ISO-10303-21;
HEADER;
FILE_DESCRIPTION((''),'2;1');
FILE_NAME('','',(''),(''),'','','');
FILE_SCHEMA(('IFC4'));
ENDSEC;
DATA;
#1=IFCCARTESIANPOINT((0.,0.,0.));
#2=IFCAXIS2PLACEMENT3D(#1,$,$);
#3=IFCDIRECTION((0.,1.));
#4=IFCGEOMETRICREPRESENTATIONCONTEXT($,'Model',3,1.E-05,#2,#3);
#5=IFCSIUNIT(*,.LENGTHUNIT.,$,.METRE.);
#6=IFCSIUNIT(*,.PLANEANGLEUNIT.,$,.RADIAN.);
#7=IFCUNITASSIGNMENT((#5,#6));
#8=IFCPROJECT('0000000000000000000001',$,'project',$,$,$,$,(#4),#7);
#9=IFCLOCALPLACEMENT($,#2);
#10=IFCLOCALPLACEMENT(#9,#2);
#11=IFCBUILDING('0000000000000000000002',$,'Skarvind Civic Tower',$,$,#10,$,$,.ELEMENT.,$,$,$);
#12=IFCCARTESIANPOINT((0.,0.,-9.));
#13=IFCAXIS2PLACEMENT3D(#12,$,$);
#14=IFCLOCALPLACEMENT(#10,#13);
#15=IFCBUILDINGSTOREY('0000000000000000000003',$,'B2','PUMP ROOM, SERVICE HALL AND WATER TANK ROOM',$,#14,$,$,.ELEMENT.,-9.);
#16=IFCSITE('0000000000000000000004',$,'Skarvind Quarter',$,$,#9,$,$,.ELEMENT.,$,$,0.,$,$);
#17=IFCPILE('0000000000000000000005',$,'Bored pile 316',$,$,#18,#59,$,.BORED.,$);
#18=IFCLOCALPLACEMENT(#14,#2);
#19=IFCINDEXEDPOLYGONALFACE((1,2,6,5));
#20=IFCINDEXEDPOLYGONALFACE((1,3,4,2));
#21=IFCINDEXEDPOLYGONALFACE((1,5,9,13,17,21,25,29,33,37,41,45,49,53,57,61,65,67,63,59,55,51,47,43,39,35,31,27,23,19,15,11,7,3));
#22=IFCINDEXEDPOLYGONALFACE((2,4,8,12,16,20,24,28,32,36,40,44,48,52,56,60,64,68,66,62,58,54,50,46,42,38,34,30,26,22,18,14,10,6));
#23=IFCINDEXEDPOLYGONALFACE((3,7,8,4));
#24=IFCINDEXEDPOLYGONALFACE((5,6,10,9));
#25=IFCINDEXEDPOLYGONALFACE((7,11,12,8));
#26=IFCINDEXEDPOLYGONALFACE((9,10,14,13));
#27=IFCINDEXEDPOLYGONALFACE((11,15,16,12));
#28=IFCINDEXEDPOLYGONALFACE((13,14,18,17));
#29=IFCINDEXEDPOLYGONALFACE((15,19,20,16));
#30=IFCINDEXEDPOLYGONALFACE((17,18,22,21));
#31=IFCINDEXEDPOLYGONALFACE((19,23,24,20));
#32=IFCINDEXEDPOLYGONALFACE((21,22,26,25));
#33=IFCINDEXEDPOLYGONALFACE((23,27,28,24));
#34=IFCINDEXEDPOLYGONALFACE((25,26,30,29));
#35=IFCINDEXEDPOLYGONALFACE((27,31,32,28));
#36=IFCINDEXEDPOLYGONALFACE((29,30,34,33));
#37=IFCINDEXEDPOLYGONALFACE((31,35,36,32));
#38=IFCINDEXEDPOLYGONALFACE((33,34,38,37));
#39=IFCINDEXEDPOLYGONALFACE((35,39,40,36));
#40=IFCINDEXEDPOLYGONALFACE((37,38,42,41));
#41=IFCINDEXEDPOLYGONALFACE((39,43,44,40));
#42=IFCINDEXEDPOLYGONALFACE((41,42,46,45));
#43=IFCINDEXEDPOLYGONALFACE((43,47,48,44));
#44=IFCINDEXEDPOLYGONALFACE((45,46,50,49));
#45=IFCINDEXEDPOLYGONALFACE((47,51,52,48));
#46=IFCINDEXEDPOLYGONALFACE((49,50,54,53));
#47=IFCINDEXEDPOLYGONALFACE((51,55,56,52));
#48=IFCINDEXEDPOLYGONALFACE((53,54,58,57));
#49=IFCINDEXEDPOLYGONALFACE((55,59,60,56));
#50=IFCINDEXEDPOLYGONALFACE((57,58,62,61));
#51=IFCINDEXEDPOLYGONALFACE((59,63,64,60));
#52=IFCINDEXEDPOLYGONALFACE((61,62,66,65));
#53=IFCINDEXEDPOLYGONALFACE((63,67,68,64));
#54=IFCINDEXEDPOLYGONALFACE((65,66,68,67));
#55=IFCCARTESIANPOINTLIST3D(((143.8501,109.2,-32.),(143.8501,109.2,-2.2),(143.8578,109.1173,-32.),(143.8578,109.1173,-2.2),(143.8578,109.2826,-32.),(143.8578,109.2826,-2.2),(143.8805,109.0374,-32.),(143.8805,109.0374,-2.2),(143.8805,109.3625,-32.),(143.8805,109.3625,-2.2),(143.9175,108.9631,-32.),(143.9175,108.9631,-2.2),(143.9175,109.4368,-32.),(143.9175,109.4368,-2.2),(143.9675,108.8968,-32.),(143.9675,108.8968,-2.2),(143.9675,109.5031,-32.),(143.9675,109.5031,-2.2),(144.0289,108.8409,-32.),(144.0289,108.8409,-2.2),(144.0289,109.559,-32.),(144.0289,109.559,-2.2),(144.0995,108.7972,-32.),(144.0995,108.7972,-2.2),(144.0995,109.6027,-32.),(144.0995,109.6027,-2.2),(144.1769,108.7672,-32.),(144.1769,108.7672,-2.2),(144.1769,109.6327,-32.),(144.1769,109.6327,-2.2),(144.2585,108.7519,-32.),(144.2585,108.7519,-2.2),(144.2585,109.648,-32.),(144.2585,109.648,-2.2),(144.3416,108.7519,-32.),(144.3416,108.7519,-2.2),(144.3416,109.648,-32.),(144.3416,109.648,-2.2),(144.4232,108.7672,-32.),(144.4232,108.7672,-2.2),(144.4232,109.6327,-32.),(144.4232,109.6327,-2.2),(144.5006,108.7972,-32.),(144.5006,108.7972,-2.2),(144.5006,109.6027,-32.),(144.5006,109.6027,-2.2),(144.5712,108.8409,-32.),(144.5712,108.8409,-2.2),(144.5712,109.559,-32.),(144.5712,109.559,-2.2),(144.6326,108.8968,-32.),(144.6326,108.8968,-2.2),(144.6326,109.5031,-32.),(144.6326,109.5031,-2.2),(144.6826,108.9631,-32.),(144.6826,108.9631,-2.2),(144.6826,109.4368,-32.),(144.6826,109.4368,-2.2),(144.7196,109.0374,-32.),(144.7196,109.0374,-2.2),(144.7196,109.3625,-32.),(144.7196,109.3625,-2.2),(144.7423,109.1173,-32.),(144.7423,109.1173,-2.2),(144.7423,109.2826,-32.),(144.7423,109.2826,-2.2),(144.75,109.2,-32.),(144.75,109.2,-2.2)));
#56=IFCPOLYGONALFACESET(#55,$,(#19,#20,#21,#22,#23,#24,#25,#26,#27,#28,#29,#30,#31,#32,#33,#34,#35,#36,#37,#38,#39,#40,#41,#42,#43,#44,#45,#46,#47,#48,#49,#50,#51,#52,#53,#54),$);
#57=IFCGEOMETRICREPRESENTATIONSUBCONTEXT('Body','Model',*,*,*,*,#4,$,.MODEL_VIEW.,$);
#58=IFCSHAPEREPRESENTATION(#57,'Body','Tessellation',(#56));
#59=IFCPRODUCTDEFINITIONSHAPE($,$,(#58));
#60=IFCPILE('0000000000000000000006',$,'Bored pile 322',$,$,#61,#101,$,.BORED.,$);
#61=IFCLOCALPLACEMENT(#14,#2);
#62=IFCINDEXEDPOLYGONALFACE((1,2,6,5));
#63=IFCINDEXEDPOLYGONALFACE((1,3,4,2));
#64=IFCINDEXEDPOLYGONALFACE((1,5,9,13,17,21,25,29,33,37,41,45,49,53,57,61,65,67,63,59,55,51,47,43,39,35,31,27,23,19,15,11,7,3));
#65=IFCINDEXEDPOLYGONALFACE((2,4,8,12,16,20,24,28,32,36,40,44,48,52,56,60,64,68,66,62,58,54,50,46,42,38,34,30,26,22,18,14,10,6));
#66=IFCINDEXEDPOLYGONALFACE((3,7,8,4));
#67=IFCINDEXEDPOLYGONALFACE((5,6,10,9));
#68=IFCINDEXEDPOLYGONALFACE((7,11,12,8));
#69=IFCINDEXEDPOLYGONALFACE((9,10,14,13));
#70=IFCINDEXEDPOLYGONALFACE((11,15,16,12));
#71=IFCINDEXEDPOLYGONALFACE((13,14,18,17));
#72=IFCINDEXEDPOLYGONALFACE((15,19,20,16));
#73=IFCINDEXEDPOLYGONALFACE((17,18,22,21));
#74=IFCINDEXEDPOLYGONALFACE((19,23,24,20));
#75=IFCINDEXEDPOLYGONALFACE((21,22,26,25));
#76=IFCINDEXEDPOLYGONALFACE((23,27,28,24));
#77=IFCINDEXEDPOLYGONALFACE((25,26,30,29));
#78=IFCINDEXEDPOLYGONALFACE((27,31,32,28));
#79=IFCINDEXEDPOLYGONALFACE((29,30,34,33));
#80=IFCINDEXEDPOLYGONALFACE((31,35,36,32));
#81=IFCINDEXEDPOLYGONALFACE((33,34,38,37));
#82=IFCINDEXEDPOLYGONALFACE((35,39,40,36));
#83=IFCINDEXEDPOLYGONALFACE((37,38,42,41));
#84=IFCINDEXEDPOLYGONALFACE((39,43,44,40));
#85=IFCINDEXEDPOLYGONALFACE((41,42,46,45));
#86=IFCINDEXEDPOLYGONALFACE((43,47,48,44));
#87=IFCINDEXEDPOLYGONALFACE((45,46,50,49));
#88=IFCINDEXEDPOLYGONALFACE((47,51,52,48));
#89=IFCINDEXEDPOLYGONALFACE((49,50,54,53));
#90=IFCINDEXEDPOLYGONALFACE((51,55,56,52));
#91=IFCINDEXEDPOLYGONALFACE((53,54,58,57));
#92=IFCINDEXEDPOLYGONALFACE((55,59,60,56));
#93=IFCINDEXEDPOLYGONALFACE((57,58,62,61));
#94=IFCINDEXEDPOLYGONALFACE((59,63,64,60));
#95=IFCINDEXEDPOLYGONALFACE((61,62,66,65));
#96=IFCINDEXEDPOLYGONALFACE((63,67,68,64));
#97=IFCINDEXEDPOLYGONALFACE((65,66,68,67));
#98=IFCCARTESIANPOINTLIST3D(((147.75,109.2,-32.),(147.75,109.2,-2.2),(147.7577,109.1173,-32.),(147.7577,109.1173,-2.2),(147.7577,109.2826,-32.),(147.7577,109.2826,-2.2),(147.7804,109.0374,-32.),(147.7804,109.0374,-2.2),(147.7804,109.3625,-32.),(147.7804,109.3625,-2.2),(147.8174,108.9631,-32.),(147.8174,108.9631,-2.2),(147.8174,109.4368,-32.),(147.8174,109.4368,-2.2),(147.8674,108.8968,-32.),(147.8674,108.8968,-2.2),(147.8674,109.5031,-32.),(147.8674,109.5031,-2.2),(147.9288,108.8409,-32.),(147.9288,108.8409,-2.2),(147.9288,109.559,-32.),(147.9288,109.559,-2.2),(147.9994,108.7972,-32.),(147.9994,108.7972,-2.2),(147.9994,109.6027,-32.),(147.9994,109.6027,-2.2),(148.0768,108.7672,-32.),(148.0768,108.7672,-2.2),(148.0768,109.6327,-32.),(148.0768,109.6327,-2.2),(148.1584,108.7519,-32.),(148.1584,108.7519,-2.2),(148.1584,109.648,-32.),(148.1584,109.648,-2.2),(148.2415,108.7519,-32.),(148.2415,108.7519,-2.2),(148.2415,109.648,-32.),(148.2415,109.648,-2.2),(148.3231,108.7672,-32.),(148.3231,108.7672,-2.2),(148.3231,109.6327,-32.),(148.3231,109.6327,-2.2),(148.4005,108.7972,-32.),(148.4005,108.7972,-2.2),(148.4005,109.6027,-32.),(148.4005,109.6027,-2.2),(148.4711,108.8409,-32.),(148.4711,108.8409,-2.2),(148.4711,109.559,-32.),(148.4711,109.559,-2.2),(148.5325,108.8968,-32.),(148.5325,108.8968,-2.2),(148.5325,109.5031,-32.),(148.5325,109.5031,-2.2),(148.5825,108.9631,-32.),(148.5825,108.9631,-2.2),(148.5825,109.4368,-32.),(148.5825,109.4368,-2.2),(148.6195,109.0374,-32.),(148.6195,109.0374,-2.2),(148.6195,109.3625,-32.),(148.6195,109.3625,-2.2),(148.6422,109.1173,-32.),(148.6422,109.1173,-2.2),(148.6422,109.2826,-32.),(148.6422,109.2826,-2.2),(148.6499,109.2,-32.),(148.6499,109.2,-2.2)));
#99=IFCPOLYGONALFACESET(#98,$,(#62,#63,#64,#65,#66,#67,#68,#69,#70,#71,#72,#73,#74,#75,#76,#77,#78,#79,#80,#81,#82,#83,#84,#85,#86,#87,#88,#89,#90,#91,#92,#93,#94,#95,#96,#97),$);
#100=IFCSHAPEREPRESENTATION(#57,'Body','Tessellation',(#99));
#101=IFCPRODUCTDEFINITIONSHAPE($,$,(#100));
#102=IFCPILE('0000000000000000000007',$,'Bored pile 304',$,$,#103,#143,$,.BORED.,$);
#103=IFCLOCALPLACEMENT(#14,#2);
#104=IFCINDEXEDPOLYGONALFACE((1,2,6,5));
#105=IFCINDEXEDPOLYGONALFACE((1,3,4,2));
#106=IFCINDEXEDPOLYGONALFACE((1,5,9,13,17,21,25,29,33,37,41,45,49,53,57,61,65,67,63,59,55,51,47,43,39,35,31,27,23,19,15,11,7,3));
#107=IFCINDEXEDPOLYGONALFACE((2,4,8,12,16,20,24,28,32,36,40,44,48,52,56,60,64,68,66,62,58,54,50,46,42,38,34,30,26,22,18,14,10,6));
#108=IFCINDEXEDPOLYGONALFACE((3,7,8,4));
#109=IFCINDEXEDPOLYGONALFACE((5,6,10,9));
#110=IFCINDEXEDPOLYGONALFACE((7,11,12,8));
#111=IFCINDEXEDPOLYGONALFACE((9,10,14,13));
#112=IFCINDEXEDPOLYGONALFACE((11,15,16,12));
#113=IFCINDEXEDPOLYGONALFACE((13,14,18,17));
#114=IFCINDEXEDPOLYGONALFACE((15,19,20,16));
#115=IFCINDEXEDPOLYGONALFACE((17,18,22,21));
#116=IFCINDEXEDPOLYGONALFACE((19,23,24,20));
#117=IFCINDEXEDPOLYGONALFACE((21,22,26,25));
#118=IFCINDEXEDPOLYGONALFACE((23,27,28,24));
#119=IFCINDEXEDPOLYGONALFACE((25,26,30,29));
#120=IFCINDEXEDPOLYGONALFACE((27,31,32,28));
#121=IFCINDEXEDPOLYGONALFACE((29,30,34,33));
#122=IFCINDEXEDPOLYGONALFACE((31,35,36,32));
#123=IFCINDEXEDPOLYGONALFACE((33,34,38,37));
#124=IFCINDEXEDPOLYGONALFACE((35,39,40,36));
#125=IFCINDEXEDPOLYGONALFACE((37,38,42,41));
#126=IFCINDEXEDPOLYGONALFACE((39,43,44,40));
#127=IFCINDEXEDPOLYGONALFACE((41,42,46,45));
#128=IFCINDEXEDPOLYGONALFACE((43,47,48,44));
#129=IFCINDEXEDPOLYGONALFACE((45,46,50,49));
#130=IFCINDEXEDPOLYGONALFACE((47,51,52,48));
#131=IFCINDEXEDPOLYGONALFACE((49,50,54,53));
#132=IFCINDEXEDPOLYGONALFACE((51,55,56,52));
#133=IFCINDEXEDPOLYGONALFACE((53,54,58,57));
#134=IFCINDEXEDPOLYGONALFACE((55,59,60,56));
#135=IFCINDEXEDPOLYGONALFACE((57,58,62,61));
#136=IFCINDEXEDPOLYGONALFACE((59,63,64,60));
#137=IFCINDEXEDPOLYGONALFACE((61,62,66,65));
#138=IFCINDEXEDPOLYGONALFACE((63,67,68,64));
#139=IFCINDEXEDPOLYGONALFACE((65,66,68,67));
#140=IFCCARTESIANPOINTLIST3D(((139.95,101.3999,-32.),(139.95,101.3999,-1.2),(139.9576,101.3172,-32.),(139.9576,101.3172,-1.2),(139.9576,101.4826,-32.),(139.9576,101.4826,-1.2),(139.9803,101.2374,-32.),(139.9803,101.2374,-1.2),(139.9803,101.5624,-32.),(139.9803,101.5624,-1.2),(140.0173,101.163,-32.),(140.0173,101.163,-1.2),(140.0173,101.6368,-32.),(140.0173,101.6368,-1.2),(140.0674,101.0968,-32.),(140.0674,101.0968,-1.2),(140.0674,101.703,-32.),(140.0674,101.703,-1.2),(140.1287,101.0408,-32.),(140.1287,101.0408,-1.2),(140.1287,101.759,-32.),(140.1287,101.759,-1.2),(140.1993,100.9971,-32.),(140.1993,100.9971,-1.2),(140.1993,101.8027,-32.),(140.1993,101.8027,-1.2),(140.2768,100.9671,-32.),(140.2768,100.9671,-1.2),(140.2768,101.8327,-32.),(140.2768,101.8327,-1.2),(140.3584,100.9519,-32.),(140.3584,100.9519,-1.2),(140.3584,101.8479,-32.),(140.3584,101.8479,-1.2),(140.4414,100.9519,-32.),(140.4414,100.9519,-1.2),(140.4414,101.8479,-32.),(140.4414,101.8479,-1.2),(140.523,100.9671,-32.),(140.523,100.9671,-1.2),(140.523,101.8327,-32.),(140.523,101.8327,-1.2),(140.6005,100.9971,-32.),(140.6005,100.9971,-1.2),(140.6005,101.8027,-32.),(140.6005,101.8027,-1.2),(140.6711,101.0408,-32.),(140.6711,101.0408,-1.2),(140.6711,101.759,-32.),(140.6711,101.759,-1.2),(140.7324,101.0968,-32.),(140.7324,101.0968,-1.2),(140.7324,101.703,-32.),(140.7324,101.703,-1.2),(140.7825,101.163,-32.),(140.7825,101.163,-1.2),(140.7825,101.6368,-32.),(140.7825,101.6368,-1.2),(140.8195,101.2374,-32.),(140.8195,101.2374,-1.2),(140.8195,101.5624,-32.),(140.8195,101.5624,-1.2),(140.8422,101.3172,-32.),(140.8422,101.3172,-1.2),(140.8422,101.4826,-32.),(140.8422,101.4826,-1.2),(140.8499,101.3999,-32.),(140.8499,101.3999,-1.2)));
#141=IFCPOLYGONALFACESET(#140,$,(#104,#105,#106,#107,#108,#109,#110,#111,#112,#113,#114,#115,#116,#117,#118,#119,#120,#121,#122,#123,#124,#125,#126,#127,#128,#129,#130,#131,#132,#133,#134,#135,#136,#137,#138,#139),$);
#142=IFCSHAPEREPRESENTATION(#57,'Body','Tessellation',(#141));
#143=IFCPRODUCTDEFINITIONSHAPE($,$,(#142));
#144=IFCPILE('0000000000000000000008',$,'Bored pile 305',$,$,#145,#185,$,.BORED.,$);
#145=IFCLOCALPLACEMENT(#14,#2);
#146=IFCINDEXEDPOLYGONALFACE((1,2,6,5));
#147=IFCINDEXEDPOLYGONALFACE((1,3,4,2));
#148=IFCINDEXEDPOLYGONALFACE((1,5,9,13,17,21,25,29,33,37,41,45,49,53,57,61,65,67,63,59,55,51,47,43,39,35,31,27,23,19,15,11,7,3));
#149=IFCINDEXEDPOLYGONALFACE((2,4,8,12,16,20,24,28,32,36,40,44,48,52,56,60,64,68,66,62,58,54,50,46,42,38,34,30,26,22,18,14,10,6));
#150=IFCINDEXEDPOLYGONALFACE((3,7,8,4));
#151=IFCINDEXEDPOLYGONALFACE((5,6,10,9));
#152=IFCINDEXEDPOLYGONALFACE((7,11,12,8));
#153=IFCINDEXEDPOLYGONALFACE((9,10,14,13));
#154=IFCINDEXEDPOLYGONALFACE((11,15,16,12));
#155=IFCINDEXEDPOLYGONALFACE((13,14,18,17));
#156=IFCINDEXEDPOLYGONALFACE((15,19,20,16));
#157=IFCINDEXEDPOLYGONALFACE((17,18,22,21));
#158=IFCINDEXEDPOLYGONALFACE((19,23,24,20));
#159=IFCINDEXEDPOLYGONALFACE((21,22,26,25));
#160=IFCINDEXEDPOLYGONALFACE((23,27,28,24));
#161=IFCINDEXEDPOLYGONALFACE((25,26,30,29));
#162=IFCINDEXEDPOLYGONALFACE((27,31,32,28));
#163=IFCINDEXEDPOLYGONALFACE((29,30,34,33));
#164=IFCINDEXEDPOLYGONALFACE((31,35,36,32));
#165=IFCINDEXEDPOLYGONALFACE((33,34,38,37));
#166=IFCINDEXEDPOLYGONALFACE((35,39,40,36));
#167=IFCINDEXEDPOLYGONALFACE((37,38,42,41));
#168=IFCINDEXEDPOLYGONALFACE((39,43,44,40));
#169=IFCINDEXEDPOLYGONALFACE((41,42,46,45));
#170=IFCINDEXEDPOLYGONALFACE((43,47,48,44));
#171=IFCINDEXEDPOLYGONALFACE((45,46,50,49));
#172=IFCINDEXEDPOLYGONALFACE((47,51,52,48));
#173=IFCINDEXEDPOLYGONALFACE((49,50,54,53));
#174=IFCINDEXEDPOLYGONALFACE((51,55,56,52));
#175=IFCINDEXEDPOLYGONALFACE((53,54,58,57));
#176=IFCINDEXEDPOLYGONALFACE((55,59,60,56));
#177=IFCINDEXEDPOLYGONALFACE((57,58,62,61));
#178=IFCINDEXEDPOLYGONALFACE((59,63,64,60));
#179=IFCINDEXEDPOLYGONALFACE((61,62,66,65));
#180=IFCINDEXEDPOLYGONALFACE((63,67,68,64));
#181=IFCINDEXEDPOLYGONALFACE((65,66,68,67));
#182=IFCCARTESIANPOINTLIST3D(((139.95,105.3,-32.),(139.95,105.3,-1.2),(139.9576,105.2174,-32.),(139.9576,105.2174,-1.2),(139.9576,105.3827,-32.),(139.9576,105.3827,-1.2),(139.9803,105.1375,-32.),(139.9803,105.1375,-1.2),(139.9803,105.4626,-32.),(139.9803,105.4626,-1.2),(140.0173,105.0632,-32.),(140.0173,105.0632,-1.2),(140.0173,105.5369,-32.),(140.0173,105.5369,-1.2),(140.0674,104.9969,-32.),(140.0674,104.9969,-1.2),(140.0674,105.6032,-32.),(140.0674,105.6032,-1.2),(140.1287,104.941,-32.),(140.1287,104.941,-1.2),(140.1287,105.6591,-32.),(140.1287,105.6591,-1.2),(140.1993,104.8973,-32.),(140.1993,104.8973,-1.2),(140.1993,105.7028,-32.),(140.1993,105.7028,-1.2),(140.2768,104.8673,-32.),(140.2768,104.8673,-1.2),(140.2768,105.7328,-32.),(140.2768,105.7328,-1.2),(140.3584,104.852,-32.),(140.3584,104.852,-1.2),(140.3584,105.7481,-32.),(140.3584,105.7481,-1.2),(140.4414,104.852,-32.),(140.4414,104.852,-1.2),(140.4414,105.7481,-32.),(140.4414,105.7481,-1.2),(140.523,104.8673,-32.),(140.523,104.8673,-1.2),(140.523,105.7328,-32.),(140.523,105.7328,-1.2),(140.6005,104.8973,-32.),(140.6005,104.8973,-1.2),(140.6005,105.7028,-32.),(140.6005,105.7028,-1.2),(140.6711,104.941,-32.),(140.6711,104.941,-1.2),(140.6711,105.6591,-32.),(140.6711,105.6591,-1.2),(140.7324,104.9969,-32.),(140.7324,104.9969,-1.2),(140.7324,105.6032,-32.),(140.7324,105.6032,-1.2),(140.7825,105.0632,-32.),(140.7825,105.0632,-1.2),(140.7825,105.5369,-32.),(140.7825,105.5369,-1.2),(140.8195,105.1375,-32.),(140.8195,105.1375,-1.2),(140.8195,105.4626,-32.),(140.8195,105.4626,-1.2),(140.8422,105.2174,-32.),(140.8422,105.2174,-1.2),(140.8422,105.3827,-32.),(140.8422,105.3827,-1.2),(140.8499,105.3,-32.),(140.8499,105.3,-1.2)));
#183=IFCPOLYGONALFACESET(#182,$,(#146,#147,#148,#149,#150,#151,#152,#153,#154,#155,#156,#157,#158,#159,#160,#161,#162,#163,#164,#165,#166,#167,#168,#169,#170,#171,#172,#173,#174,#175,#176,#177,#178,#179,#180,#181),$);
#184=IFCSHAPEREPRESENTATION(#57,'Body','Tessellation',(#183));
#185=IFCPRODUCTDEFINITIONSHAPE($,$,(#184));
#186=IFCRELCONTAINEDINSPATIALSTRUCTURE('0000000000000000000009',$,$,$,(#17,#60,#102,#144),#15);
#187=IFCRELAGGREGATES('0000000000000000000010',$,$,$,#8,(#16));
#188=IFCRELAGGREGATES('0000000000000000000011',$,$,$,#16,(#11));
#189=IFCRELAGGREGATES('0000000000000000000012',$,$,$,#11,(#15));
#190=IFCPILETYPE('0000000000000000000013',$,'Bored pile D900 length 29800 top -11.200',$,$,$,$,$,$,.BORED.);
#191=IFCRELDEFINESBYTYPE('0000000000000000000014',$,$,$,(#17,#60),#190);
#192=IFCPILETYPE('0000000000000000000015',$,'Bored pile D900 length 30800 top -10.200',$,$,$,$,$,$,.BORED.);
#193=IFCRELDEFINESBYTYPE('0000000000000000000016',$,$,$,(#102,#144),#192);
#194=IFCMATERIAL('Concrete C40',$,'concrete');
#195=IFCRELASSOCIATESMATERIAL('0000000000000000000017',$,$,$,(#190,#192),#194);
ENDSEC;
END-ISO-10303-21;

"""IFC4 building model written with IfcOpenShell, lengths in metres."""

from ifc_helpers import new_model, si_unit, direction, frame, origin, origin_2d, place, context, subcontext, project, spatial, circle, extrude, material, type_object, element, save


model = new_model("IFC4")

# Units and contexts
model_context = context("Model", 3, precision=1e-05, world=origin(), true_north=direction((0.0, 1.0)))
body_context = subcontext(model_context, "Body", "Model", "MODEL_VIEW")
ifc_project = project(units=[si_unit("LENGTHUNIT", "METRE"), si_unit("PLANEANGLEUNIT", "RADIAN")], contexts=[model_context])

# Site, building, storey
site_placement = place(None, origin())
site = spatial("IfcSite", under=ifc_project, at=site_placement, Name="Skarvind Quarter", CompositionType="ELEMENT", RefElevation=0.0)
building_placement = place(site_placement, origin())
building = spatial("IfcBuilding", under=site, at=building_placement, Name="Skarvind Civic Tower", CompositionType="ELEMENT")
storey_placement = place(building_placement, frame((0.0, 0.0, -9.0)))
storey = spatial("IfcBuildingStorey", under=building, at=storey_placement, Name="B2", Description="PUMP ROOM, SERVICE HALL AND WATER TANK ROOM", CompositionType="ELEMENT", Elevation=-9.0)

# Piles
ifc_material_1 = material(Name="Concrete C40", Category="concrete")
pile_type_1 = type_object("IfcPileType", Name="Bored pile D900 length 29800 top -11.200", PredefinedType="BORED", material=ifc_material_1)
for number, where, z_axis, x_axis, name in (
    (1, (144.3, 109.2, -2.2), (0.0, 0.0, -1.0), (1.0, 0.0, 0.0), "Bored pile 316"),
    (2, (148.2, 109.2, -2.2), (0.0, 0.0, -1.0), (1.0, 0.0, 0.0), "Bored pile 322"),
):
    element("IfcPile", number, at=place(storey_placement, frame(where, z_axis=z_axis, x_axis=x_axis)), inside=storey, type_object=pile_type_1, Name=name, PredefinedType="BORED", context=body_context, shape_type="SweptSolid", body=[
        extrude(circle(Radius=0.45, at=origin_2d()), origin(), (0.0, 0.0, 1.0), 29.8),
    ])
pile_type_2 = type_object("IfcPileType", Name="Bored pile D900 length 30800 top -10.200", PredefinedType="BORED", material=ifc_material_1)
for number, where, z_axis, x_axis, name in (
    (3, (140.3999, 101.3999, -1.2), (0.0, 0.0, -1.0), (1.0, 0.0, 0.0), "Bored pile 304"),
    (4, (140.3999, 105.3, -1.2), (0.0, 0.0, -1.0), (1.0, 0.0, 0.0), "Bored pile 305"),
):
    element("IfcPile", number, at=place(storey_placement, frame(where, z_axis=z_axis, x_axis=x_axis)), inside=storey, type_object=pile_type_2, Name=name, PredefinedType="BORED", context=body_context, shape_type="SweptSolid", body=[
        extrude(circle(Radius=0.45, at=origin_2d()), origin(), (0.0, 0.0, 1.0), 30.8),
    ])

save(model, "model.ifc")
